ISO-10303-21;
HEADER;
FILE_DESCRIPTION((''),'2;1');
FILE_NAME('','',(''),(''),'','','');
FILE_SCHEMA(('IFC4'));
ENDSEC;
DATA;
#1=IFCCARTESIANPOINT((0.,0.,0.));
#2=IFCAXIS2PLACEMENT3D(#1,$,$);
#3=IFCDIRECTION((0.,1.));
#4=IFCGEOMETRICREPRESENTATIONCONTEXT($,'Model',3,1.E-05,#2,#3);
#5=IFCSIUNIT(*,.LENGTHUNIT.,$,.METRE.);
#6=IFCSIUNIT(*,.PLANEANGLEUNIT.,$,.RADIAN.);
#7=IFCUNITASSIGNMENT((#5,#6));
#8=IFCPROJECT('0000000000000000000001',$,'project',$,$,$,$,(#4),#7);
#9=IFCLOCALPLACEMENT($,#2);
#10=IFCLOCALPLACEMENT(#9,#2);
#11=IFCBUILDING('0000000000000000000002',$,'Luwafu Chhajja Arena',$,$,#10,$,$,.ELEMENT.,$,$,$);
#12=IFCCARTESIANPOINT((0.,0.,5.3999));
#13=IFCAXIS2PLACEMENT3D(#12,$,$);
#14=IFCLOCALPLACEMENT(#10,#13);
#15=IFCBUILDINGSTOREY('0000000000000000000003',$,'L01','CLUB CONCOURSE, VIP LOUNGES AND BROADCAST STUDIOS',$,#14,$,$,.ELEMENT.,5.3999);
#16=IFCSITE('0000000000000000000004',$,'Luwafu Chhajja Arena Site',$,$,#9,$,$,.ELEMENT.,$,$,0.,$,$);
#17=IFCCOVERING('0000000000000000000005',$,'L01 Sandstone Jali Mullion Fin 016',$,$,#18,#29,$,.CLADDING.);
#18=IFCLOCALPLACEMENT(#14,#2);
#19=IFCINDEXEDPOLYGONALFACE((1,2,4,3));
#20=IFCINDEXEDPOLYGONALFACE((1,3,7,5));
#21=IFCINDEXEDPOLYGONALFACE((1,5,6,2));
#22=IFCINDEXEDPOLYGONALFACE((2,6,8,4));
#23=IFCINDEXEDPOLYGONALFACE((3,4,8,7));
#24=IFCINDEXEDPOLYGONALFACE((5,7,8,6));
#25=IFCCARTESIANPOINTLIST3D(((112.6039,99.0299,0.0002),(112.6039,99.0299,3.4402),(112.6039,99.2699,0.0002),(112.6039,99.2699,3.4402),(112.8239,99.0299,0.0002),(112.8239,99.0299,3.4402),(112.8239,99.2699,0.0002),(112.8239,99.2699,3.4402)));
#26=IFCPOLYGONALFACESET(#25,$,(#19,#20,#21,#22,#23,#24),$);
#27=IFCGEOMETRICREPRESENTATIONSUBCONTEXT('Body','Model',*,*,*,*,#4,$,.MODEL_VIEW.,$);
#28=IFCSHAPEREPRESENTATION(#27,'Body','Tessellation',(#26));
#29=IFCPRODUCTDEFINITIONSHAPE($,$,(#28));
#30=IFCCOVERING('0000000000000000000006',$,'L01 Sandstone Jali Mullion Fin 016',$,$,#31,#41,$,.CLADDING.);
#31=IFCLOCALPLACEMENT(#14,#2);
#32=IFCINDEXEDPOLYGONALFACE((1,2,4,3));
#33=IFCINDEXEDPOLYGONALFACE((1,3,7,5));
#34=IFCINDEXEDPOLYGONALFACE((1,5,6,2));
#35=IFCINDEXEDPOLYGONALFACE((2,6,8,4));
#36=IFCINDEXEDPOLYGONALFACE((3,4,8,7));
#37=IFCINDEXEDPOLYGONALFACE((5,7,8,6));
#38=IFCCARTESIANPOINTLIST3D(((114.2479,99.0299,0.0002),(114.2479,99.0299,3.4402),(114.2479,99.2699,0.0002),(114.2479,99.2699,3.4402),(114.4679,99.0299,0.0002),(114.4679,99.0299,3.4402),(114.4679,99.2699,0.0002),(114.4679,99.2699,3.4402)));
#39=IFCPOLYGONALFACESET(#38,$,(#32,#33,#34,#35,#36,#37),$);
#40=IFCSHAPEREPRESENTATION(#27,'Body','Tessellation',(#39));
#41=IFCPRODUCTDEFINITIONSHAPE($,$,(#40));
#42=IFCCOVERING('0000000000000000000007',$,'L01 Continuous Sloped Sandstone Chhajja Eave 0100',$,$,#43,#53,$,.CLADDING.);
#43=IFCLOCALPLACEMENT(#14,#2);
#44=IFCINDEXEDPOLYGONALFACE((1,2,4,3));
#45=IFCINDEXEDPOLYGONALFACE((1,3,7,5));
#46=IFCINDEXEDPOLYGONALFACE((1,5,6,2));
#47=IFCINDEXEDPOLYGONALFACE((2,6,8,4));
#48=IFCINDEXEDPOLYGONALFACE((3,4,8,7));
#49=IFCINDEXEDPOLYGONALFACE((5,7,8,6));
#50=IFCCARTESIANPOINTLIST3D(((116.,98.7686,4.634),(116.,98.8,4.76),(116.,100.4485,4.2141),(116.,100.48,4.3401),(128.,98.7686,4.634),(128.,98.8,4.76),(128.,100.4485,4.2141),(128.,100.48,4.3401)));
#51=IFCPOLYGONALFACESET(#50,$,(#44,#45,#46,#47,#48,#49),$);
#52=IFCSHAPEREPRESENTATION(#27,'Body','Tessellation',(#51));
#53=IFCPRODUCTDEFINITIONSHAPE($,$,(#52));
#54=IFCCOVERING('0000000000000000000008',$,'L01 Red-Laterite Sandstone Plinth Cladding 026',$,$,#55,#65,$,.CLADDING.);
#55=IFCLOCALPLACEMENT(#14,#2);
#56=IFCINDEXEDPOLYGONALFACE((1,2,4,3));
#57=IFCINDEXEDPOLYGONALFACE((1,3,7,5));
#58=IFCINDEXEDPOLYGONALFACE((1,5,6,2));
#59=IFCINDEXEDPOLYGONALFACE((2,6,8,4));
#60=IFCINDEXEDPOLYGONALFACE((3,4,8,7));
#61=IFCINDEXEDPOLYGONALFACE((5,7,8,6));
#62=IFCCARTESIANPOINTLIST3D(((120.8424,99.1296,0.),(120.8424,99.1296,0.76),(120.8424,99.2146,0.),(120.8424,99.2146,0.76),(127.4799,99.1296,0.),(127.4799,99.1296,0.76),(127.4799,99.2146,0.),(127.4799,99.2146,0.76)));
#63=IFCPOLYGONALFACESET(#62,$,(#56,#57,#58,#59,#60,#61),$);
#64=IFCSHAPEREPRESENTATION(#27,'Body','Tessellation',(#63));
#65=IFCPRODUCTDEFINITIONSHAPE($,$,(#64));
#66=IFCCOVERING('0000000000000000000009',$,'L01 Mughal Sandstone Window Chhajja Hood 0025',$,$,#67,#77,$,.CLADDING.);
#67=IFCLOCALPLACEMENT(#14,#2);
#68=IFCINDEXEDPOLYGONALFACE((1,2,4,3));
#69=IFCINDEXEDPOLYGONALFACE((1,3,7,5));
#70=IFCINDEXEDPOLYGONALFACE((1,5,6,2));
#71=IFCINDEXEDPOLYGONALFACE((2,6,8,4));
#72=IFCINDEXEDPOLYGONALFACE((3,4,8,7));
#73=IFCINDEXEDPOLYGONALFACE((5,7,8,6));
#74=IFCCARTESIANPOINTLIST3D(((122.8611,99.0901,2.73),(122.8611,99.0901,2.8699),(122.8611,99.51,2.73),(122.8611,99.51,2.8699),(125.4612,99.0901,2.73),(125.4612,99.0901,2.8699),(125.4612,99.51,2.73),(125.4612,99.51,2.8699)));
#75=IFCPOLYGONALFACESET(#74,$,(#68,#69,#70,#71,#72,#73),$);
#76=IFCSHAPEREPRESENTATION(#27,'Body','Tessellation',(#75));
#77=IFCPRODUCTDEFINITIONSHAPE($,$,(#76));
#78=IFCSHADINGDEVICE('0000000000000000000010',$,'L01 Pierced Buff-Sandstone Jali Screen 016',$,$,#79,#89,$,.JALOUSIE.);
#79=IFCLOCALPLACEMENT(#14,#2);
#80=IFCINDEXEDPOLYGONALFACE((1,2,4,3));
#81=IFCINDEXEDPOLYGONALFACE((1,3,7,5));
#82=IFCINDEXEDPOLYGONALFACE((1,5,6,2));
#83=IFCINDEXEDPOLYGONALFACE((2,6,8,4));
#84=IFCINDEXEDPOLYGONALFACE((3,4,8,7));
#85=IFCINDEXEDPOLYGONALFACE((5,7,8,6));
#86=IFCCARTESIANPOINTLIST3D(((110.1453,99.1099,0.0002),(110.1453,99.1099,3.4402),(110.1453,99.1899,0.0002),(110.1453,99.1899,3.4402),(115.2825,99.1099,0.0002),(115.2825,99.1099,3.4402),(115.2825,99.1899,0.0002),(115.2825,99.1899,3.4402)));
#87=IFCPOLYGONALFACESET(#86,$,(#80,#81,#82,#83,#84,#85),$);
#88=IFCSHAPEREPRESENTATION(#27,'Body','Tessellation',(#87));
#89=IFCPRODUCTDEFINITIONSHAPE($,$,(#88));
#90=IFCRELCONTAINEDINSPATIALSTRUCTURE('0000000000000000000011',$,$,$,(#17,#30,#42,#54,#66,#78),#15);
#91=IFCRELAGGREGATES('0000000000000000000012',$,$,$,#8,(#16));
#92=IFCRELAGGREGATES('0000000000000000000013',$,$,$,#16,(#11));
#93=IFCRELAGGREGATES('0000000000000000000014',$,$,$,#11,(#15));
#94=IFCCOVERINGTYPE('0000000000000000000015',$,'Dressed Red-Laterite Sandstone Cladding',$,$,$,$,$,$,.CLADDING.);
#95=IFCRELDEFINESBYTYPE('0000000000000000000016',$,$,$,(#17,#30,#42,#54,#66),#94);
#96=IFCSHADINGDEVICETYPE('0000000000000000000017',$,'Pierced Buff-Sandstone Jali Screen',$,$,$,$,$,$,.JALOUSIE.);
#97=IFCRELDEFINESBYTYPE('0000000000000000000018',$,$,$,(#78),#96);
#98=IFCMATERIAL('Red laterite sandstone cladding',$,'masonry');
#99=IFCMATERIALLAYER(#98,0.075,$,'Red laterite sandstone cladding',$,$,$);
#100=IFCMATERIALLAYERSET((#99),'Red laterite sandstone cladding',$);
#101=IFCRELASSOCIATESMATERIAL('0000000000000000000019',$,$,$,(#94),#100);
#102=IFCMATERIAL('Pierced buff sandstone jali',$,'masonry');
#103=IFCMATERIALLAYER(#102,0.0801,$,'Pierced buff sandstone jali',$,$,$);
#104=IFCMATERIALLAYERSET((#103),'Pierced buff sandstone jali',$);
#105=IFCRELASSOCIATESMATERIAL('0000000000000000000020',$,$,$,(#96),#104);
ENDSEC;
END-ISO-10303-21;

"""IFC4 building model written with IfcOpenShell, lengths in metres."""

from ifc_helpers import new_model, si_unit, direction, frame, origin, origin_2d, place, context, subcontext, project, spatial, polyline, rectangle, outline, extrude, material, layer, layer_set, type_object, element, save


model = new_model("IFC4")

# Units and contexts
model_context = context("Model", 3, precision=1e-05, world=origin(), true_north=direction((0.0, 1.0)))
body_context = subcontext(model_context, "Body", "Model", "MODEL_VIEW")
ifc_project = project(units=[si_unit("LENGTHUNIT", "METRE"), si_unit("PLANEANGLEUNIT", "RADIAN")], contexts=[model_context])

# Site, building, storey
site_placement = place(None, origin())
site = spatial("IfcSite", under=ifc_project, at=site_placement, Name="Luwafu Chhajja Arena Site", CompositionType="ELEMENT", RefElevation=0.0)
building_placement = place(site_placement, origin())
building = spatial("IfcBuilding", under=site, at=building_placement, Name="Luwafu Chhajja Arena", CompositionType="ELEMENT")
storey_placement = place(building_placement, frame((0.0, 0.0, 5.3999)))
storey = spatial("IfcBuildingStorey", under=building, at=storey_placement, Name="L01", Description="CLUB CONCOURSE, VIP LOUNGES AND BROADCAST STUDIOS", CompositionType="ELEMENT", Elevation=5.3999)

# Coverings
ifc_material_1 = material(Name="Red laterite sandstone cladding", Category="masonry")
ifc_layer_1 = layer(ifc_material_1, 0.075, Name="Red laterite sandstone cladding")
ifc_layer_set_1 = layer_set([ifc_layer_1], Name="Red laterite sandstone cladding")
covering_type = type_object("IfcCoveringType", Name="Dressed Red-Laterite Sandstone Cladding", PredefinedType="CLADDING", material=ifc_layer_set_1)
for number, where, z_axis, x_axis, name in (
    (1, (112.7139, 99.1499, 0.0002), (0.0, 0.0, 1.0), (1.0, 0.0, 0.0), "L01 Sandstone Jali Mullion Fin 016"),
    (2, (114.3579, 99.1499, 0.0002), (0.0, 0.0, 1.0), (1.0, 0.0, 0.0), "L01 Sandstone Jali Mullion Fin 016"),
):
    element("IfcCovering", number, at=place(storey_placement, frame(where, z_axis=z_axis, x_axis=x_axis)), inside=storey, type_object=covering_type, Name=name, PredefinedType="CLADDING", context=body_context, shape_type="SweptSolid", body=[
        extrude(rectangle(XDim=0.22, YDim=0.24, at=origin_2d()), origin(), (0.0, 0.0, 1.0), 3.4399),
    ])
covering_1_placement = place(storey_placement, frame((116.0, 98.8, 4.76), z_axis=(0.0, 0.242502, 0.970151), x_axis=(1.0, 0.0, 0.0)))
element("IfcCovering", 3, at=covering_1_placement, inside=storey, type_object=covering_type, Name="L01 Continuous Sloped Sandstone Chhajja Eave 0100", PredefinedType="CLADDING", context=body_context, shape_type="SweptSolid", body=[
    extrude(outline(polyline([(0.0, 0.0), (12.0, 0.0), (12.0, 1.7316), (0.0, 1.7316), (0.0, 0.0)])), origin(), (0.0, 0.0, -1.0), 0.1299),
])
covering_2_placement = place(storey_placement, frame((124.1611, 99.1721, 0.0), z_axis=(0.0, 0.0, 1.0), x_axis=(1.0, 0.0, 0.0)))
element("IfcCovering", 4, at=covering_2_placement, inside=storey, type_object=covering_type, Name="L01 Red-Laterite Sandstone Plinth Cladding 026", PredefinedType="CLADDING", context=body_context, shape_type="SweptSolid", body=[
    extrude(rectangle(XDim=6.6375, YDim=0.085, at=origin_2d()), origin(), (0.0, 0.0, 1.0), 0.76),
])
covering_3_placement = place(storey_placement, frame((124.1611, 99.3, 2.73), z_axis=(0.0, 0.0, 1.0), x_axis=(1.0, 0.0, 0.0)))
element("IfcCovering", 5, at=covering_3_placement, inside=storey, type_object=covering_type, Name="L01 Mughal Sandstone Window Chhajja Hood 0025", PredefinedType="CLADDING", context=body_context, shape_type="SweptSolid", body=[
    extrude(rectangle(XDim=2.6001, YDim=0.4199, at=origin_2d()), origin(), (0.0, 0.0, 1.0), 0.1399),
])

# Shading device
ifc_material_2 = material(Name="Pierced buff sandstone jali", Category="masonry")
ifc_layer_2 = layer(ifc_material_2, 0.0801, Name="Pierced buff sandstone jali")
ifc_layer_set_2 = layer_set([ifc_layer_2], Name="Pierced buff sandstone jali")
shading_device_type = type_object("IfcShadingDeviceType", Name="Pierced Buff-Sandstone Jali Screen", PredefinedType="JALOUSIE", material=ifc_layer_set_2)
shading_device_placement = place(storey_placement, frame((112.7139, 99.1499, 0.0002), z_axis=(0.0, 0.0, 1.0), x_axis=(1.0, 0.0, 0.0)))
element("IfcShadingDevice", 6, at=shading_device_placement, inside=storey, type_object=shading_device_type, Name="L01 Pierced Buff-Sandstone Jali Screen 016", PredefinedType="JALOUSIE", context=body_context, shape_type="SweptSolid", body=[
    extrude(rectangle(XDim=5.1372, YDim=0.0801, at=origin_2d()), origin(), (0.0, 0.0, 1.0), 3.4399),
])

save(model, "model.ifc")
